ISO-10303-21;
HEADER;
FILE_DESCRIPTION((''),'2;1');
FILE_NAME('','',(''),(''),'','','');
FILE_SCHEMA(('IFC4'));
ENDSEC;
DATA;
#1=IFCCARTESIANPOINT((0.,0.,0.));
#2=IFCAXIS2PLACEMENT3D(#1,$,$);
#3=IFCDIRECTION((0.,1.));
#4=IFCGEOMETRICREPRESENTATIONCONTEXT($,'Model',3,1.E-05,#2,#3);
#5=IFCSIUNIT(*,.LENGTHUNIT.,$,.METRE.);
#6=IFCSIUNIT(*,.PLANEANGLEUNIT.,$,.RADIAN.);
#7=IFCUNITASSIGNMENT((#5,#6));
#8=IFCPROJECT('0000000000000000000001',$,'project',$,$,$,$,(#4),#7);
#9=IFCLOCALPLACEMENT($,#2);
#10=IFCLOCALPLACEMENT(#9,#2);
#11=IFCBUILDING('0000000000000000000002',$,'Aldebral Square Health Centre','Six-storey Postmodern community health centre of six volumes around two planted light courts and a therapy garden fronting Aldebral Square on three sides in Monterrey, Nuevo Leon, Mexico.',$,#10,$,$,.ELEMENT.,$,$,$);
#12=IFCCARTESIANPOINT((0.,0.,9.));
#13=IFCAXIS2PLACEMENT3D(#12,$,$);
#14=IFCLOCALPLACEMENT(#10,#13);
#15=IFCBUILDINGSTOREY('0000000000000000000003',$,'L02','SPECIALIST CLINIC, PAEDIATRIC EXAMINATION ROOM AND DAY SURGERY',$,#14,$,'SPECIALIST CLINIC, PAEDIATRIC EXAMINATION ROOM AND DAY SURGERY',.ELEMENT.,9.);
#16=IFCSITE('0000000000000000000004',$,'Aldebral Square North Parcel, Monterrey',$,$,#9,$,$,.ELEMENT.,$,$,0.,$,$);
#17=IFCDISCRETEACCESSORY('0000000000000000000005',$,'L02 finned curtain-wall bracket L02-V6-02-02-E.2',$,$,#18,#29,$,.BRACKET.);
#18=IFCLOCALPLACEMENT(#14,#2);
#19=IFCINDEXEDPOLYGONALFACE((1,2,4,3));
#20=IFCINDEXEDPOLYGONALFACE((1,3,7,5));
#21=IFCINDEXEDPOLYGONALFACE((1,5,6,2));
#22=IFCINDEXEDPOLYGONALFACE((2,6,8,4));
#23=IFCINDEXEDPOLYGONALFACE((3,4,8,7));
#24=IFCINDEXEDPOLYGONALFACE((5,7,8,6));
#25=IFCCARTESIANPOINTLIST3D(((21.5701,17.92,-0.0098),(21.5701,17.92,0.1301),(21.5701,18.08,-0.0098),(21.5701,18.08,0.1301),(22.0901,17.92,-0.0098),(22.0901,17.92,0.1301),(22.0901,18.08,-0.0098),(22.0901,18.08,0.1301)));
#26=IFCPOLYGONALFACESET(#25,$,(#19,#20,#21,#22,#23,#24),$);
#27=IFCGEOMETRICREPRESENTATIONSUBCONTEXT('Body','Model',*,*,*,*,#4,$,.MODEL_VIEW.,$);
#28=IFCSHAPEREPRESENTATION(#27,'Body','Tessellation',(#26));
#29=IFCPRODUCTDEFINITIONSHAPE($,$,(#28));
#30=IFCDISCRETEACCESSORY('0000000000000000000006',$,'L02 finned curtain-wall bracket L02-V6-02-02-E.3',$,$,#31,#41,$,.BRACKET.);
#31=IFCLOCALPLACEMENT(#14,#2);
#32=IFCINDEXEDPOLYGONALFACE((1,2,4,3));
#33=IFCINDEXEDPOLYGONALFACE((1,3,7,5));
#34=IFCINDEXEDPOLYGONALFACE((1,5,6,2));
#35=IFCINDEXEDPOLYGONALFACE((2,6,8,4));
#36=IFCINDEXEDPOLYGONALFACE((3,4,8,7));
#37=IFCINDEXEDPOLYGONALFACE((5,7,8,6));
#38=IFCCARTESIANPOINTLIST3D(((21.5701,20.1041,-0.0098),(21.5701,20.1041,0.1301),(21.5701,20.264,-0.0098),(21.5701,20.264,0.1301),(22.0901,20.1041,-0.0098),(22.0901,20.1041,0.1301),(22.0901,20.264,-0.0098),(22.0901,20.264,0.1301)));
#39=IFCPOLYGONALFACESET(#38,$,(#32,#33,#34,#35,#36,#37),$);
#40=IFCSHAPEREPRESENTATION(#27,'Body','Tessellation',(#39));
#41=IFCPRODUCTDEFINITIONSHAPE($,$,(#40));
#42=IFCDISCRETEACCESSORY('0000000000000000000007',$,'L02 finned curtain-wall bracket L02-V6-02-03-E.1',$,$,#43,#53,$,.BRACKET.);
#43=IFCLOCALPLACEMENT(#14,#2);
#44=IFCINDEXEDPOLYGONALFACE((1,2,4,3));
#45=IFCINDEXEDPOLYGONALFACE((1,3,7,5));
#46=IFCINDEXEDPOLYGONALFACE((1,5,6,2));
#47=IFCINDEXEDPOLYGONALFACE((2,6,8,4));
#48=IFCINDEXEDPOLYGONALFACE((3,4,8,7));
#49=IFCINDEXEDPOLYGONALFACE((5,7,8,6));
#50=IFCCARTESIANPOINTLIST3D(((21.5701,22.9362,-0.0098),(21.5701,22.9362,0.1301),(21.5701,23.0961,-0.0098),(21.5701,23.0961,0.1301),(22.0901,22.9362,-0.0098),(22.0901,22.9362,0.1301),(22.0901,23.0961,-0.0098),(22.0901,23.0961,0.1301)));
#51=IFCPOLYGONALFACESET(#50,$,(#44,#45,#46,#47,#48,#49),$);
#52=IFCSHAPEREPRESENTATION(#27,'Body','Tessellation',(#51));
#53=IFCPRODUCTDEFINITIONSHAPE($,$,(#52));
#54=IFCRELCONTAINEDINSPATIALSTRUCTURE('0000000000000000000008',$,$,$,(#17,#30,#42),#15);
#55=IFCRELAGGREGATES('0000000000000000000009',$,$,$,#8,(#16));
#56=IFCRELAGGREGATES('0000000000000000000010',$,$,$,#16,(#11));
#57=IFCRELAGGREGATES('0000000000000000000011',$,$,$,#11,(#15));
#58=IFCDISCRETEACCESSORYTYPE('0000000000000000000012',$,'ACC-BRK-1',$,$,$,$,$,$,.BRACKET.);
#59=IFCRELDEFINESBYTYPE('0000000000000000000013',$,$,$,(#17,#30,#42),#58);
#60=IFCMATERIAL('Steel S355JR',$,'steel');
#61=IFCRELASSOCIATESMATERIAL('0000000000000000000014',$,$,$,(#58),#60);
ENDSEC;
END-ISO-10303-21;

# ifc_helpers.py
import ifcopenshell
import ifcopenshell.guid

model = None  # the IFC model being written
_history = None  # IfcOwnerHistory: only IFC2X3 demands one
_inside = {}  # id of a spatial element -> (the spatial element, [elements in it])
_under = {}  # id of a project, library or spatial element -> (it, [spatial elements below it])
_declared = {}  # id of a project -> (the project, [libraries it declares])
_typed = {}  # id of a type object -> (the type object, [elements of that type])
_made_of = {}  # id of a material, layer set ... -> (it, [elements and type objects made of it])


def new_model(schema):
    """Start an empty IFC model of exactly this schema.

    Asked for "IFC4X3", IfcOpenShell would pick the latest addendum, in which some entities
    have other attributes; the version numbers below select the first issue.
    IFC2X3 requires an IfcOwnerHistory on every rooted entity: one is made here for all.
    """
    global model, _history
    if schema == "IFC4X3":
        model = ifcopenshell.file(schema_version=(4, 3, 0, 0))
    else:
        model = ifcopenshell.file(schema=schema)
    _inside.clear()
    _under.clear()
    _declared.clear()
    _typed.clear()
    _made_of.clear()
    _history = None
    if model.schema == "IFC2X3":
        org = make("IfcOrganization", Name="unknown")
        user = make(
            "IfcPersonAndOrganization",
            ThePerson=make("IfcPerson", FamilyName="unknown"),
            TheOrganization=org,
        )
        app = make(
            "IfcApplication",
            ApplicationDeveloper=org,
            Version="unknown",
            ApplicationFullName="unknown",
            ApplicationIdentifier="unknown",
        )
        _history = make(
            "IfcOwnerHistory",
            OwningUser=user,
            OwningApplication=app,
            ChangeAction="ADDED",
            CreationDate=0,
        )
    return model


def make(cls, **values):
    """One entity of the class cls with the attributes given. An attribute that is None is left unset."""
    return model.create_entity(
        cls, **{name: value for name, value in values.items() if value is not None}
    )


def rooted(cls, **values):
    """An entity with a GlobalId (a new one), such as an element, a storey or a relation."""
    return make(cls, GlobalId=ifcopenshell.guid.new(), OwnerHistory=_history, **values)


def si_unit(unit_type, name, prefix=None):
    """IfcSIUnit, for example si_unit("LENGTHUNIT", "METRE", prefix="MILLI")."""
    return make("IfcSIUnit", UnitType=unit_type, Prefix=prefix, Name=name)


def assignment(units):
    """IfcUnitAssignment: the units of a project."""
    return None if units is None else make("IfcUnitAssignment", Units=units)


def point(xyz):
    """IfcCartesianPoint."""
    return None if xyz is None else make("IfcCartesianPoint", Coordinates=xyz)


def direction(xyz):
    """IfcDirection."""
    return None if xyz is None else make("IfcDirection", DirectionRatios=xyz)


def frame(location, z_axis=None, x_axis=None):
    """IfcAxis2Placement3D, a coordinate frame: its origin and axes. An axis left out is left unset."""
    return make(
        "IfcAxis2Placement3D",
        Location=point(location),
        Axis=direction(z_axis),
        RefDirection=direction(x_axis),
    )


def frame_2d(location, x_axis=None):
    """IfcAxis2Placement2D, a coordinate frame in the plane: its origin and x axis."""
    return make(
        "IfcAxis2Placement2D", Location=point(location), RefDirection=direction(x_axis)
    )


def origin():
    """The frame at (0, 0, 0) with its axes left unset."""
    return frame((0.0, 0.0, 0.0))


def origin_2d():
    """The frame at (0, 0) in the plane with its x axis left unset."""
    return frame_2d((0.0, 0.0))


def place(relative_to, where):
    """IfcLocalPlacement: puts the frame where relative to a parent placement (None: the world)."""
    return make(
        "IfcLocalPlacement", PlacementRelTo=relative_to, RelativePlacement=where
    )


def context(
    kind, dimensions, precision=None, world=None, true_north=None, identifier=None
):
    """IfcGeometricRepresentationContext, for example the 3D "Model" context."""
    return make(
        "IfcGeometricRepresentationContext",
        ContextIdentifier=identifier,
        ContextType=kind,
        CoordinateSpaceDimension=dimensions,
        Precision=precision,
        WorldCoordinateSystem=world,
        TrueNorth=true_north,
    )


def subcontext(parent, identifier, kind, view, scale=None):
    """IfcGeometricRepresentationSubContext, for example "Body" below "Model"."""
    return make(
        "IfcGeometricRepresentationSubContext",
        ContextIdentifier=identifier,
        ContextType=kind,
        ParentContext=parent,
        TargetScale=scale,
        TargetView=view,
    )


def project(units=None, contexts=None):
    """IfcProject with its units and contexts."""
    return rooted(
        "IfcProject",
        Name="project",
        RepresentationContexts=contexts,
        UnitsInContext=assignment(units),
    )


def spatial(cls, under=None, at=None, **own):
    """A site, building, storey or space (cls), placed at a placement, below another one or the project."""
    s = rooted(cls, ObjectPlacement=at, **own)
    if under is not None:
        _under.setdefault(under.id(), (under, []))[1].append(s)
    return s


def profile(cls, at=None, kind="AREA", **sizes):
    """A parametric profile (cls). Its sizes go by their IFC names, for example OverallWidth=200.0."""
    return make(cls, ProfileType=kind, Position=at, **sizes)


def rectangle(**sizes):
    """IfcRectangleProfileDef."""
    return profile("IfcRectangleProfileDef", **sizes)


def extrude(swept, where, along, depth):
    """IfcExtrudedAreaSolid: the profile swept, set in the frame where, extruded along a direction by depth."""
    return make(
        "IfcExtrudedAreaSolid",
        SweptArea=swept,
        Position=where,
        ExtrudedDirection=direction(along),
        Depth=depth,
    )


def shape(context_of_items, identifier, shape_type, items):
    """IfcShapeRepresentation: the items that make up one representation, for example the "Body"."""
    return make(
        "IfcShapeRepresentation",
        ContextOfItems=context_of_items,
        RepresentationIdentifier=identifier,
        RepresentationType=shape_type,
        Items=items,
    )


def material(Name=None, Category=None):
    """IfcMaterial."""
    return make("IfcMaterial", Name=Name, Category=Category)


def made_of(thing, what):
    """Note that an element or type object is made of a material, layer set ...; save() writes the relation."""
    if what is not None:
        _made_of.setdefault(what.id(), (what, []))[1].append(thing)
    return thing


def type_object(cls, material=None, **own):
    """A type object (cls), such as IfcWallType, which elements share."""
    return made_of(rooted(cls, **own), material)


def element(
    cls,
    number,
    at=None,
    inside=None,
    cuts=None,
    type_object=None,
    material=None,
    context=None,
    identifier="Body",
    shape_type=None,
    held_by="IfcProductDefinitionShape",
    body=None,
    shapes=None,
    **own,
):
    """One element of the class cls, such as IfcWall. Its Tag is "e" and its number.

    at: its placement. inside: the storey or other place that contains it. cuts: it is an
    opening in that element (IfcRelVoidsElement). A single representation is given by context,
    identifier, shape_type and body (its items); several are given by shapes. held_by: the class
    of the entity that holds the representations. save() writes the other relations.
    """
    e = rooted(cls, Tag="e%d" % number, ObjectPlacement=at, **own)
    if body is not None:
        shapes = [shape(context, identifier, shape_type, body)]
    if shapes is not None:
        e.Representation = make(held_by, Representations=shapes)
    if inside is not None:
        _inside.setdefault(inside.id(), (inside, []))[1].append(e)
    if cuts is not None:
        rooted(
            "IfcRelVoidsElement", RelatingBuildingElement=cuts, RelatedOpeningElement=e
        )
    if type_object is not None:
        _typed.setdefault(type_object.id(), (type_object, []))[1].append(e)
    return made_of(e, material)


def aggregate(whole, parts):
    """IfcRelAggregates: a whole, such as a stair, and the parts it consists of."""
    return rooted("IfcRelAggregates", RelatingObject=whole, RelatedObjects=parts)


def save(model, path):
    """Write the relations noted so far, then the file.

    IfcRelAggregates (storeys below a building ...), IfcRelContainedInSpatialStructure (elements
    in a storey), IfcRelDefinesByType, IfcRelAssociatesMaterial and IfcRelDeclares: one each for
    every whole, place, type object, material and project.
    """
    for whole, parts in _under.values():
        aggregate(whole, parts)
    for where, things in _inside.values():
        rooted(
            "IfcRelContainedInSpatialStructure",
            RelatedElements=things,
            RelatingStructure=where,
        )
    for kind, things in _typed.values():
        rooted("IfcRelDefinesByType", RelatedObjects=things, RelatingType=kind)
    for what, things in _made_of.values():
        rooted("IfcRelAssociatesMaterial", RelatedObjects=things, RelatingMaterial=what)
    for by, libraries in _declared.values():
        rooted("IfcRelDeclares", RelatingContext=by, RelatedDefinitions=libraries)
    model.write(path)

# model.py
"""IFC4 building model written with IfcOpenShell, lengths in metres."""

from ifc_helpers import new_model, si_unit, direction, frame, origin, origin_2d, place, context, subcontext, project, spatial, rectangle, extrude, material, type_object, element, save


model = new_model("IFC4")

# Units and contexts
model_context = context("Model", 3, precision=1e-05, world=origin(), true_north=direction((0.0, 1.0)))
body_context = subcontext(model_context, "Body", "Model", "MODEL_VIEW")
ifc_project = project(units=[si_unit("LENGTHUNIT", "METRE"), si_unit("PLANEANGLEUNIT", "RADIAN")], contexts=[model_context])

# Site, building, storey
site_placement = place(None, origin())
site = spatial("IfcSite", under=ifc_project, at=site_placement, Name="Aldebral Square North Parcel, Monterrey", CompositionType="ELEMENT", RefElevation=0.0)
building_placement = place(site_placement, origin())
building = spatial("IfcBuilding", under=site, at=building_placement, Name="Aldebral Square Health Centre", Description="Six-storey Postmodern community health centre of six volumes around two planted light courts and a therapy garden fronting Aldebral Square on three sides in Monterrey, Nuevo Leon, Mexico.", CompositionType="ELEMENT")
storey_placement = place(building_placement, frame((0.0, 0.0, 9.0)))
storey = spatial("IfcBuildingStorey", under=building, at=storey_placement, Name="L02", Description="SPECIALIST CLINIC, PAEDIATRIC EXAMINATION ROOM AND DAY SURGERY", LongName="SPECIALIST CLINIC, PAEDIATRIC EXAMINATION ROOM AND DAY SURGERY", CompositionType="ELEMENT", Elevation=9.0)

# Discrete accessories
ifc_material_1 = material(Name="Steel S355JR", Category="steel")
discrete_accessory_type = type_object("IfcDiscreteAccessoryType", Name="ACC-BRK-1", PredefinedType="BRACKET", material=ifc_material_1)
for number, where, z_axis, x_axis, name in (
    (1, (21.8301, 18.0, -0.0098), (0.0, 0.0, 1.0), (0.0, 1.0, 0.0), "L02 finned curtain-wall bracket L02-V6-02-02-E.2"),
    (2, (21.8301, 20.1841, -0.0098), (0.0, 0.0, 1.0), (0.0, 1.0, 0.0), "L02 finned curtain-wall bracket L02-V6-02-02-E.3"),
    (3, (21.8301, 23.0161, -0.0098), (0.0, 0.0, 1.0), (0.0, 1.0, 0.0), "L02 finned curtain-wall bracket L02-V6-02-03-E.1"),
):
    element("IfcDiscreteAccessory", number, at=place(storey_placement, frame(where, z_axis=z_axis, x_axis=x_axis)), inside=storey, type_object=discrete_accessory_type, Name=name, PredefinedType="BRACKET", context=body_context, shape_type="SweptSolid", body=[
        extrude(rectangle(XDim=0.1599, YDim=0.52, at=origin_2d()), origin(), (0.0, 0.0, 1.0), 0.1399),
    ])

save(model, "model.ifc")
